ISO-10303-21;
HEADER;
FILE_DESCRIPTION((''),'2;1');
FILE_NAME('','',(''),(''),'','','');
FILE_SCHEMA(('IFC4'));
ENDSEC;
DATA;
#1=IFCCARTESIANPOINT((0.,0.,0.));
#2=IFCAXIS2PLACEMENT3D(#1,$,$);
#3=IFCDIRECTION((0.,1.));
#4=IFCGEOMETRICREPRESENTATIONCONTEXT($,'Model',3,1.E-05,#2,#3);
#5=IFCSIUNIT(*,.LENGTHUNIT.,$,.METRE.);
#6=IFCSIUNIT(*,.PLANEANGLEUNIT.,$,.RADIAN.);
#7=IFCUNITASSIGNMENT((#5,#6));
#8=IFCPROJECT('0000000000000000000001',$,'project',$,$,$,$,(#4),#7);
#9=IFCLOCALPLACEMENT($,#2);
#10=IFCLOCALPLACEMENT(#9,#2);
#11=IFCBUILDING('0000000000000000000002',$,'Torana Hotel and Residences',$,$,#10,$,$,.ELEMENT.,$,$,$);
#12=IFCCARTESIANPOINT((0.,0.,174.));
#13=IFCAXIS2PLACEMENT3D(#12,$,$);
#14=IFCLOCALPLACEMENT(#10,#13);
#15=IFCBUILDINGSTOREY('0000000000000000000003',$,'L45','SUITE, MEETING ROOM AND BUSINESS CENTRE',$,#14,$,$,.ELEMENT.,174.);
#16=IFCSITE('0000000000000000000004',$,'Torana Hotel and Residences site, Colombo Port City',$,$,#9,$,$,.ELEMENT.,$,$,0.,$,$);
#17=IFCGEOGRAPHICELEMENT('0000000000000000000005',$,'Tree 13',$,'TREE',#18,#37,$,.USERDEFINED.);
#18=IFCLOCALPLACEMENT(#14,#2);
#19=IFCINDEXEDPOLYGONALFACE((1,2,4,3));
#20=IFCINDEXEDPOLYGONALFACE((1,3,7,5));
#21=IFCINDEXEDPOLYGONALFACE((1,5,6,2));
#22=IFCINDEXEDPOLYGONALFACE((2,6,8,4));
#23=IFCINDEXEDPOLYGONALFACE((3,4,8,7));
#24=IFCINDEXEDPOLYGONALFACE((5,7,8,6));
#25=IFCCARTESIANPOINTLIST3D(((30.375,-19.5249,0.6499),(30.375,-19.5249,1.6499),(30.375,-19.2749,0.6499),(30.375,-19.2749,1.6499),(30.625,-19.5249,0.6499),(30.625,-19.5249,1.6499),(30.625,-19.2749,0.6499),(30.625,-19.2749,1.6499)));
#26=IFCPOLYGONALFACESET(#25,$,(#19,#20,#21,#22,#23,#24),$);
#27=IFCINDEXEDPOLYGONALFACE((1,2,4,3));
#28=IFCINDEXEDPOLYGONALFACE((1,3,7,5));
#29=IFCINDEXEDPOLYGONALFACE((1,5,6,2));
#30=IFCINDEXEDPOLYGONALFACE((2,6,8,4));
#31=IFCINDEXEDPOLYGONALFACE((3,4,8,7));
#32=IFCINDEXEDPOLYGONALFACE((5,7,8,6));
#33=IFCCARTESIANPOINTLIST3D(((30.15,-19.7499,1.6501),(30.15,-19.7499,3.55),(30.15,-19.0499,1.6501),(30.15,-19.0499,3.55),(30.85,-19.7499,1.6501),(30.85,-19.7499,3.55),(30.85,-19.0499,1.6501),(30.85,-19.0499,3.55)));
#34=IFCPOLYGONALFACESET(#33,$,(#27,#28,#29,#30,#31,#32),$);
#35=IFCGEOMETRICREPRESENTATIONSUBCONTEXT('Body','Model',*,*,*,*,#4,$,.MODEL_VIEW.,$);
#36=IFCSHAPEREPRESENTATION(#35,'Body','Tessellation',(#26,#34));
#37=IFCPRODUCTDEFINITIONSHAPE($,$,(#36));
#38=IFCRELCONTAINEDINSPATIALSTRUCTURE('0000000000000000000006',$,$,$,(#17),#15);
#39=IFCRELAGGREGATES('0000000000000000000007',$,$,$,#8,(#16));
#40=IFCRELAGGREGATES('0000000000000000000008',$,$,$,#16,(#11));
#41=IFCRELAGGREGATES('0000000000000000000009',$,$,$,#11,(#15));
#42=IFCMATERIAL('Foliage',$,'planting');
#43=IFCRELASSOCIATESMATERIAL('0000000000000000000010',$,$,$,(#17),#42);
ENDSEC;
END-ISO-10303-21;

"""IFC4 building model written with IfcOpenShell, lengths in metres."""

from ifc_helpers import new_model, si_unit, direction, frame, origin, origin_2d, place, context, subcontext, project, spatial, rectangle, extrude, material, element, save


model = new_model("IFC4")

# Units and contexts
model_context = context("Model", 3, precision=1e-05, world=origin(), true_north=direction((0.0, 1.0)))
body_context = subcontext(model_context, "Body", "Model", "MODEL_VIEW")
ifc_project = project(units=[si_unit("LENGTHUNIT", "METRE"), si_unit("PLANEANGLEUNIT", "RADIAN")], contexts=[model_context])

# Site, building, storey
site_placement = place(None, origin())
site = spatial("IfcSite", under=ifc_project, at=site_placement, Name="Torana Hotel and Residences site, Colombo Port City", CompositionType="ELEMENT", RefElevation=0.0)
building_placement = place(site_placement, origin())
building = spatial("IfcBuilding", under=site, at=building_placement, Name="Torana Hotel and Residences", CompositionType="ELEMENT")
storey_placement = place(building_placement, frame((0.0, 0.0, 174.0)))
storey = spatial("IfcBuildingStorey", under=building, at=storey_placement, Name="L45", Description="SUITE, MEETING ROOM AND BUSINESS CENTRE", CompositionType="ELEMENT", Elevation=174.0)

# Geographic element
ifc_material_1 = material(Name="Foliage", Category="planting")
geographic_element_placement = place(storey_placement, frame((30.5, -19.3999, 0.6499), z_axis=(0.0, 0.0, 1.0), x_axis=(1.0, 0.0, 0.0)))
element("IfcGeographicElement", 1, at=geographic_element_placement, inside=storey, material=ifc_material_1, Name="Tree 13", ObjectType="TREE", PredefinedType="USERDEFINED", context=body_context, shape_type="SweptSolid", body=[
    extrude(rectangle(XDim=0.25, YDim=0.25, at=origin_2d()), origin(), (0.0, 0.0, 1.0), 1.0),
    extrude(rectangle(XDim=0.7, YDim=0.7, at=origin_2d()), frame((0.0, 0.0, 1.0002)), (0.0, 0.0, 1.0), 1.8999),
])

save(model, "model.ifc")
